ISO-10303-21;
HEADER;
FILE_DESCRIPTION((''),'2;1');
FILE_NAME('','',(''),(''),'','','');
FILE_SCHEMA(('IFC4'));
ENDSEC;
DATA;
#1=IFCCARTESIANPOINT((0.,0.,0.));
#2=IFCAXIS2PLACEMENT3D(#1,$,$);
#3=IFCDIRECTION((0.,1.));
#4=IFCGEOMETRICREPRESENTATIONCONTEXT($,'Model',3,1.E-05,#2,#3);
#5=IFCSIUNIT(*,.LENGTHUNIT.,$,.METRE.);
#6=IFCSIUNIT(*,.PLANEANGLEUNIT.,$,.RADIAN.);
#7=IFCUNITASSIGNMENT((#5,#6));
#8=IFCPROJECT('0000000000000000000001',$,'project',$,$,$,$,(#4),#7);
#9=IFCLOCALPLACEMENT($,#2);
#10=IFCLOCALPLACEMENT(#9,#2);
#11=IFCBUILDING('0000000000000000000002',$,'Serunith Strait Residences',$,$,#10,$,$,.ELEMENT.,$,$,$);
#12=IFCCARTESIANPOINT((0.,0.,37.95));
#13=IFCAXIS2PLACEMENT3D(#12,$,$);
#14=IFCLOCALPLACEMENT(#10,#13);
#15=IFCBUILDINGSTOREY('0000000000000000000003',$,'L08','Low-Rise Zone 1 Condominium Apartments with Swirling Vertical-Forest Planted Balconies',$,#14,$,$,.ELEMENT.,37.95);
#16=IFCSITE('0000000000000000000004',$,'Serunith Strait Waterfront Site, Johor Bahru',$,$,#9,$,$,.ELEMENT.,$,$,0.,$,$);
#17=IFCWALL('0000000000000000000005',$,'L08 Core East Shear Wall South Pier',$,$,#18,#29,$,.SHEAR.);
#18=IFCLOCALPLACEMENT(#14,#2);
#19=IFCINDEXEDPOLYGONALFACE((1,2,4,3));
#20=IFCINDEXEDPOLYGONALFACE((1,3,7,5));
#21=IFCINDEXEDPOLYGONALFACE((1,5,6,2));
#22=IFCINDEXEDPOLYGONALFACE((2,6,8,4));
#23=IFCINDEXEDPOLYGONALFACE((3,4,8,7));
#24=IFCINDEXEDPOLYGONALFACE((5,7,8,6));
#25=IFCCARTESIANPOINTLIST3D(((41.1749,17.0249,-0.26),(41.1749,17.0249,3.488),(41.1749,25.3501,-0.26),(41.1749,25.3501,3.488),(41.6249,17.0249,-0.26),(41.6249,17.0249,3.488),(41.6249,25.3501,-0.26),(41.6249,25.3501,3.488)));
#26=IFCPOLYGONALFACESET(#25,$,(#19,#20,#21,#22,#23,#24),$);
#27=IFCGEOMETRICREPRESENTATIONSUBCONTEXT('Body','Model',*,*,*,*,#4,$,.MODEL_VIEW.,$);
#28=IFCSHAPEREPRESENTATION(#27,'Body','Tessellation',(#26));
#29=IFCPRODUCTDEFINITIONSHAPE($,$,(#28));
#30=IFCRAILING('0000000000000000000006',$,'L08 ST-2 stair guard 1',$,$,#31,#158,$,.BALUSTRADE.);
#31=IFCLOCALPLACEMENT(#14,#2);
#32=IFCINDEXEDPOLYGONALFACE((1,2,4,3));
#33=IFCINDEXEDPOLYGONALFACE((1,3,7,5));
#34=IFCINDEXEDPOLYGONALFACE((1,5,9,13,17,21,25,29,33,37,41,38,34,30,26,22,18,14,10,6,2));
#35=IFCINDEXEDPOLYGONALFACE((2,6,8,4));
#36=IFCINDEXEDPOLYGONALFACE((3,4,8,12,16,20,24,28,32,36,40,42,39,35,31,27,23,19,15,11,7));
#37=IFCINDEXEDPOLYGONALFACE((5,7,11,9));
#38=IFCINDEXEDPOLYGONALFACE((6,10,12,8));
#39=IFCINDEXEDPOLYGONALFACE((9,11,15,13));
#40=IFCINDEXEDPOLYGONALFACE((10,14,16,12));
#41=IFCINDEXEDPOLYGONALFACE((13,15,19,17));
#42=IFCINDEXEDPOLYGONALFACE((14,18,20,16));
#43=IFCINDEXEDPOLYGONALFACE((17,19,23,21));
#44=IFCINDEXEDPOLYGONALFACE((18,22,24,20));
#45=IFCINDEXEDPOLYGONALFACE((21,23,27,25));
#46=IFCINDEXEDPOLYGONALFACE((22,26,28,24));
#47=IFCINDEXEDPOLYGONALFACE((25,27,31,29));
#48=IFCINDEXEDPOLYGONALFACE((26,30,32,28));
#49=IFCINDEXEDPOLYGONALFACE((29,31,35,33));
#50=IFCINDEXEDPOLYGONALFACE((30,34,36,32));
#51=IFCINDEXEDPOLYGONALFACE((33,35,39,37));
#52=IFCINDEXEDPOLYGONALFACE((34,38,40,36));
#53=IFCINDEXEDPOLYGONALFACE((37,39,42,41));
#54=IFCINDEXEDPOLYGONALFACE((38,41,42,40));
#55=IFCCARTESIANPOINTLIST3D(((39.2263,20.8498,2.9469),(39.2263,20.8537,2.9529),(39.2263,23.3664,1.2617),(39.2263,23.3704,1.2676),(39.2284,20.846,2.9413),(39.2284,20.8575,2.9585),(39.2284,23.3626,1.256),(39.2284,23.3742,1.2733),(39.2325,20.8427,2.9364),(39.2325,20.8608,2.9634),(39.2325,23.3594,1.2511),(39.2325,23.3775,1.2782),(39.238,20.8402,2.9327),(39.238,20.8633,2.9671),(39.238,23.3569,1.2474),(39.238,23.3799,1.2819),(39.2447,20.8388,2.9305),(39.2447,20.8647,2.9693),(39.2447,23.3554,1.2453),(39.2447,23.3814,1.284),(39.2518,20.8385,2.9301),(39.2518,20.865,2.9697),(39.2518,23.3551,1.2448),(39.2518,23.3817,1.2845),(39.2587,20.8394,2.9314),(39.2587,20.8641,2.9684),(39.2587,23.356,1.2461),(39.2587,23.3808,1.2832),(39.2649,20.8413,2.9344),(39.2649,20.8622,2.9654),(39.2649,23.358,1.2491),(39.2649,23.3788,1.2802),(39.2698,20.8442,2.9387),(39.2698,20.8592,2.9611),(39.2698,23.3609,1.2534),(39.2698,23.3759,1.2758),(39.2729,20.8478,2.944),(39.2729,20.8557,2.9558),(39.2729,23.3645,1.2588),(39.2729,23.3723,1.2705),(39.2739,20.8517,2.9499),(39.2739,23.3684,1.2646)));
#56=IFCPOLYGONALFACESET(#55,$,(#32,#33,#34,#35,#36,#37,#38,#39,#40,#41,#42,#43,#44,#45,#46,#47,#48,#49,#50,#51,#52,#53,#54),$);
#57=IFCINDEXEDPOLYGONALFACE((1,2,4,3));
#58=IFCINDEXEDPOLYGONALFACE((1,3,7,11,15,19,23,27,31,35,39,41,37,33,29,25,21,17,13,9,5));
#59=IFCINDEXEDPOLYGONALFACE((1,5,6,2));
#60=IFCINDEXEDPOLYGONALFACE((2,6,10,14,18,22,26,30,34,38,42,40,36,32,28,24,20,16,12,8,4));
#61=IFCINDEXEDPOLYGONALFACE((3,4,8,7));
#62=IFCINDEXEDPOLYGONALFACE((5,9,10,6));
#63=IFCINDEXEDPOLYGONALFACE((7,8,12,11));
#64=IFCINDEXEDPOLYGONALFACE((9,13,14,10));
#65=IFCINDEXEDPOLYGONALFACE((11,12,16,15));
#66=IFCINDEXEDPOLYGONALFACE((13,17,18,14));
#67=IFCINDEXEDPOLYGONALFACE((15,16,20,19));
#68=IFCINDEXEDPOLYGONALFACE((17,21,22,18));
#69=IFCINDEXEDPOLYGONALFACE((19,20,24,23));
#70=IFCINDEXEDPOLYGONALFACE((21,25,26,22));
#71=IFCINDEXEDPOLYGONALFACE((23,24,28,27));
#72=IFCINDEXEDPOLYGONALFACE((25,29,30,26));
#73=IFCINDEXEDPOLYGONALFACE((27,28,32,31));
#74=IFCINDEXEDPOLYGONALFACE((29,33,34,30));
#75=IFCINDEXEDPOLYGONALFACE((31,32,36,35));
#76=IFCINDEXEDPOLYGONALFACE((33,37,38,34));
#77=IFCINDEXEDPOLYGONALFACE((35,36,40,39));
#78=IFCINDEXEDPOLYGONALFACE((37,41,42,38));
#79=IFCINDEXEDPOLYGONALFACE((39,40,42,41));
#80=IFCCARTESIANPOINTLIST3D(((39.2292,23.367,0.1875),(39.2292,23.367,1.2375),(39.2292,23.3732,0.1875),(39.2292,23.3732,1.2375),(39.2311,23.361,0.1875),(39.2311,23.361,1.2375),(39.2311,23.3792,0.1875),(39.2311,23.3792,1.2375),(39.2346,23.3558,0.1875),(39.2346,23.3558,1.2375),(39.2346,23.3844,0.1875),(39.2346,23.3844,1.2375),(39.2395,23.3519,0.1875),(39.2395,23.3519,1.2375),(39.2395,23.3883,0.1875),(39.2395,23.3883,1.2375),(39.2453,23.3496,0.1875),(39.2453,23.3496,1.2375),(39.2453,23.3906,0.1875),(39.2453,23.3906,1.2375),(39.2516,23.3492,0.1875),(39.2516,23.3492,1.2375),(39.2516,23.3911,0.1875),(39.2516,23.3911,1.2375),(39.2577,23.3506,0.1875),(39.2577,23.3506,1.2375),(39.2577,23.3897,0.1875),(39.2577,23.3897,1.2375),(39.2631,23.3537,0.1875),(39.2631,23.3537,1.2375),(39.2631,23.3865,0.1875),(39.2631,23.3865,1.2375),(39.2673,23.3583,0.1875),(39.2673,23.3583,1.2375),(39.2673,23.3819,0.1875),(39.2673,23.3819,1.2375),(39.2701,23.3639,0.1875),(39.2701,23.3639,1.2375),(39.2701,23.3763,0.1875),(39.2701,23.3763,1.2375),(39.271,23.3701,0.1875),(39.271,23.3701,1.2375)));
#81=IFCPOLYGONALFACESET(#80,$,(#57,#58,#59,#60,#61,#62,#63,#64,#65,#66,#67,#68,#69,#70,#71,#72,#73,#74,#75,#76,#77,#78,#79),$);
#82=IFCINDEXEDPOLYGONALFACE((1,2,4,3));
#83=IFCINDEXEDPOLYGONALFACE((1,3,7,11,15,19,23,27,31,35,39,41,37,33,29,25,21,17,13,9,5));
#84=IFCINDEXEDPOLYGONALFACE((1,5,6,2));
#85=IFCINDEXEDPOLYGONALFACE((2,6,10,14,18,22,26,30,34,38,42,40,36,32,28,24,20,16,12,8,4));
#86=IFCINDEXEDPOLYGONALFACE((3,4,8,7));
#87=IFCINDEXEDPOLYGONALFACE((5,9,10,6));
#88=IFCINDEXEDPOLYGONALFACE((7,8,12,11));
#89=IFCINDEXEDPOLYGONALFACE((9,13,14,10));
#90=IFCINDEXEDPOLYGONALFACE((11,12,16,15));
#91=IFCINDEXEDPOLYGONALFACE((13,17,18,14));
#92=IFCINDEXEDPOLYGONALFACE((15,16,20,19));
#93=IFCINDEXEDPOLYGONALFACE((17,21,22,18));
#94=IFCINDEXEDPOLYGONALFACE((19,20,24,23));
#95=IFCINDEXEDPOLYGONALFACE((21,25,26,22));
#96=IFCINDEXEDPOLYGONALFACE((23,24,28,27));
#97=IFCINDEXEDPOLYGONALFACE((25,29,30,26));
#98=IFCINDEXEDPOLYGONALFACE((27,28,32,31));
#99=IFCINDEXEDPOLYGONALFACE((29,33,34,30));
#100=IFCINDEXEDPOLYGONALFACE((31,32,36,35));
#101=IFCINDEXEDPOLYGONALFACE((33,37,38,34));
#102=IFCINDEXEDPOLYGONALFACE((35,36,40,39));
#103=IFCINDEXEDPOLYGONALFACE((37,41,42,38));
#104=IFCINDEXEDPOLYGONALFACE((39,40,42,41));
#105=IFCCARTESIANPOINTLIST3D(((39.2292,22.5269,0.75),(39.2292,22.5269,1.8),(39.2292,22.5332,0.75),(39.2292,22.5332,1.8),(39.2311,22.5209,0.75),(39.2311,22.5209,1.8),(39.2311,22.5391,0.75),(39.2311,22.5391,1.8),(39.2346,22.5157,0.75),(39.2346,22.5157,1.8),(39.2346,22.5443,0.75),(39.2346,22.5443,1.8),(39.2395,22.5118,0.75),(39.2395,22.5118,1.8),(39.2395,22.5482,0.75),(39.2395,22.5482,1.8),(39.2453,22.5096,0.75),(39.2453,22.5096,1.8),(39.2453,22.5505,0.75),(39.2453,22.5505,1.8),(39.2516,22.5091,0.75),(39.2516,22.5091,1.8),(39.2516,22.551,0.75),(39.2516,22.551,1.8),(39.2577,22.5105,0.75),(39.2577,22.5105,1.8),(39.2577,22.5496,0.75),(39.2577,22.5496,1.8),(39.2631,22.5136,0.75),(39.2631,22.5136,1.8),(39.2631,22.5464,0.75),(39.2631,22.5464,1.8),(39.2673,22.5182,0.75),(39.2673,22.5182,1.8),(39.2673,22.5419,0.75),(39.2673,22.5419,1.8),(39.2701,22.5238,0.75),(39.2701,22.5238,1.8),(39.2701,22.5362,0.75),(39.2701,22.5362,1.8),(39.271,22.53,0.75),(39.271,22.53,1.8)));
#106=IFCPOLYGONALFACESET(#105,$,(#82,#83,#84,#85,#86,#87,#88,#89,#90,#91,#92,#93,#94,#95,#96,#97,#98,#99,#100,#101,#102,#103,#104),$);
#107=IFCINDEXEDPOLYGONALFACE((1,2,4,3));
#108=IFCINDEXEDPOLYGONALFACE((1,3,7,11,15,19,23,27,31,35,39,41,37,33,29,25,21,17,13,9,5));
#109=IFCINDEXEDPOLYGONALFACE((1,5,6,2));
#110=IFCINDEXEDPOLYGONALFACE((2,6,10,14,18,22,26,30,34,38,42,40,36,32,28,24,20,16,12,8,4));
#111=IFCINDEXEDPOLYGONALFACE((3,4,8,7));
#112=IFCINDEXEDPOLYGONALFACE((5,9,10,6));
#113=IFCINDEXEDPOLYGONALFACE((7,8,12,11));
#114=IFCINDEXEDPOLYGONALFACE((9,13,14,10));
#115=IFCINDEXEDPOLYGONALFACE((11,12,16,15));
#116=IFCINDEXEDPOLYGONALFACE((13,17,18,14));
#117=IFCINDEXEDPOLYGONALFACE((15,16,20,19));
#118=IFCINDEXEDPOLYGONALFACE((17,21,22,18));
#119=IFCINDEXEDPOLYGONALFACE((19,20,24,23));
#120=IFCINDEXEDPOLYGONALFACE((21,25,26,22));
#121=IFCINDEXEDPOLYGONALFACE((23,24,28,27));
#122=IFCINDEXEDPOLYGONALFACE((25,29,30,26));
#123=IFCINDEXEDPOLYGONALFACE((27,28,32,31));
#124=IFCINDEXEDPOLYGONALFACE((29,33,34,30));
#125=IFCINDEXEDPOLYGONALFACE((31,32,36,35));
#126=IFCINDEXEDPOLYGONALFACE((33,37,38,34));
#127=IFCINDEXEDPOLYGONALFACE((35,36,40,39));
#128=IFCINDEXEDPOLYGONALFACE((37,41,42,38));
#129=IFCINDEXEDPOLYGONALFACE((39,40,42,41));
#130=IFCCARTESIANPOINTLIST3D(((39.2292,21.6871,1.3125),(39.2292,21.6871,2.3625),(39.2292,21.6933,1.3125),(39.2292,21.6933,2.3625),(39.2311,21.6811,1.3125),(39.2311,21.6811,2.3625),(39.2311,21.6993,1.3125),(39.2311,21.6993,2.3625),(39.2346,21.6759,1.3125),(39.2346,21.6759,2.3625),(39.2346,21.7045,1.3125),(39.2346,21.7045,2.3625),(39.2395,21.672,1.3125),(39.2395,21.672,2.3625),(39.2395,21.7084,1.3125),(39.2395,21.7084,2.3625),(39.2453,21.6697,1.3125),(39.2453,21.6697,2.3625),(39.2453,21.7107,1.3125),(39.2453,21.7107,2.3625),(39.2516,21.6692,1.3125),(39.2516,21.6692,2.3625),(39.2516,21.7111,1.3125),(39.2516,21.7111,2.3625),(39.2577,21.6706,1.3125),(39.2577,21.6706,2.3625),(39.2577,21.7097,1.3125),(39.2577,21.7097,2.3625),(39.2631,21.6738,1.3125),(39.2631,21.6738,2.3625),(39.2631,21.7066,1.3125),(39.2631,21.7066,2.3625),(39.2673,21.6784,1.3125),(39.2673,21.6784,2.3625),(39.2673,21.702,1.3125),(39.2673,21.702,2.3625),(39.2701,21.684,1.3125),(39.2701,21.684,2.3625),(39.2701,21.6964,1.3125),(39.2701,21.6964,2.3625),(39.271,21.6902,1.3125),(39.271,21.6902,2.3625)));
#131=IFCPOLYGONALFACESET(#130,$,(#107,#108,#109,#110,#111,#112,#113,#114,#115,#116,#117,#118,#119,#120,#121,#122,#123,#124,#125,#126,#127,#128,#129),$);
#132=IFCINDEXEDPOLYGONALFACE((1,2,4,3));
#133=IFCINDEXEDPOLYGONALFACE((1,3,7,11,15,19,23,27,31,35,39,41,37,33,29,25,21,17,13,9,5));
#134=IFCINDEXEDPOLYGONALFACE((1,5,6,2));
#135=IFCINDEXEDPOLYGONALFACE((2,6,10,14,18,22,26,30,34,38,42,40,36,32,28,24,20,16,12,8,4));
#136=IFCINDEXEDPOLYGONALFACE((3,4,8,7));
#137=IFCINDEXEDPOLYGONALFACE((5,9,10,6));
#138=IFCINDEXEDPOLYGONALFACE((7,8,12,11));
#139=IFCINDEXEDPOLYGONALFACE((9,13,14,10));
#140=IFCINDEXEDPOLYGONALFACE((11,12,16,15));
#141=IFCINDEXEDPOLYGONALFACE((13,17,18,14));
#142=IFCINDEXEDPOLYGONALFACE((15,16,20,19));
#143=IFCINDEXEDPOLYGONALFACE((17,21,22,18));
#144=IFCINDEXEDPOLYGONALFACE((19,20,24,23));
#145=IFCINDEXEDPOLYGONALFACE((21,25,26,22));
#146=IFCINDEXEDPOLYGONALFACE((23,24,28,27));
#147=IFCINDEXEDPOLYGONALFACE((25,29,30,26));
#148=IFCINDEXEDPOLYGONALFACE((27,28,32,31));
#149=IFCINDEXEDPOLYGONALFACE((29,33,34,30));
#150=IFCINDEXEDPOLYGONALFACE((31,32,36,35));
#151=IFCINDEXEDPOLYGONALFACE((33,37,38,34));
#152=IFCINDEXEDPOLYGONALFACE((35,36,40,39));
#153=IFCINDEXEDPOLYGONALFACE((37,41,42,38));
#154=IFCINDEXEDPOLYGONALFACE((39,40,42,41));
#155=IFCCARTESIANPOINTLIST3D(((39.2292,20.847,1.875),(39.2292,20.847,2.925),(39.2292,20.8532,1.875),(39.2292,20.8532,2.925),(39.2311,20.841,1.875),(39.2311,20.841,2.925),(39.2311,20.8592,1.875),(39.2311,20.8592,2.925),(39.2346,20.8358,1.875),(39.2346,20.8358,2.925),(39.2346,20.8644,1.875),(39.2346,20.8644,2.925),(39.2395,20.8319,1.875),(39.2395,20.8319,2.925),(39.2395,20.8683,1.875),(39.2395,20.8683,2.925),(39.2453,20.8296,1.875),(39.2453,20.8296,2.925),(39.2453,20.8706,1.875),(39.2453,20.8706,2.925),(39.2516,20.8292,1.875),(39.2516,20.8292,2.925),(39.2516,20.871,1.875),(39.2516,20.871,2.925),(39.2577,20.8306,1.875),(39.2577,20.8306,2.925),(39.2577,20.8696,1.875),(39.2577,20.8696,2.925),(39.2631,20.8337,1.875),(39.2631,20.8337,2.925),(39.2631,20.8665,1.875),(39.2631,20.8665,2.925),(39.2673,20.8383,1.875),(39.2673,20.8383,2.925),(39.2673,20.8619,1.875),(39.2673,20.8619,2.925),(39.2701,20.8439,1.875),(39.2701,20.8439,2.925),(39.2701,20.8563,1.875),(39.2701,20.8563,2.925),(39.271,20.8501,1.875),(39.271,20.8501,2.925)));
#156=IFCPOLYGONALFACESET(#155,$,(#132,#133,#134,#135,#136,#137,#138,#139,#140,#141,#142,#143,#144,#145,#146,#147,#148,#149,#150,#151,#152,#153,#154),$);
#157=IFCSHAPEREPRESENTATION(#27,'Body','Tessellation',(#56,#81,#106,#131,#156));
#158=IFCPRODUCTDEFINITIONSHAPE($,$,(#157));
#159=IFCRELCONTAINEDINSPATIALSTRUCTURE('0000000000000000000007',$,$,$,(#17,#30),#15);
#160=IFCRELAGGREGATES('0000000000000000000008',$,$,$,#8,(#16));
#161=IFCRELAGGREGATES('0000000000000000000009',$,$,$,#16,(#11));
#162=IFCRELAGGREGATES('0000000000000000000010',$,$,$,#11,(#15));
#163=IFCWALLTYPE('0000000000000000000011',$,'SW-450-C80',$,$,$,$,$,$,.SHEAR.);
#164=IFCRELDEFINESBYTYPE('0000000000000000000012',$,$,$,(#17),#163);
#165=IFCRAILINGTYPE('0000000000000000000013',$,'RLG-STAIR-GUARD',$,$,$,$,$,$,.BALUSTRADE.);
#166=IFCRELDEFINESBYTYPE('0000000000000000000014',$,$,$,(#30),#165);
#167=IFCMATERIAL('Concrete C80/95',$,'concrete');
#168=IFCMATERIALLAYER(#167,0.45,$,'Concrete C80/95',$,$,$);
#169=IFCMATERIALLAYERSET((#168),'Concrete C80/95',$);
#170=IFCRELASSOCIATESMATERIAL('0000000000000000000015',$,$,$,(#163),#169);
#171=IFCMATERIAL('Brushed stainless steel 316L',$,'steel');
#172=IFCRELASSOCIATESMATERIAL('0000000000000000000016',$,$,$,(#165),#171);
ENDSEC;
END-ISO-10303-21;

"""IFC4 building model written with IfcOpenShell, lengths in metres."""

from ifc_helpers import new_model, si_unit, direction, frame, frame_2d, origin, origin_2d, place, context, subcontext, project, spatial, rectangle, circle, extrude, material, layer, layer_set, type_object, element, save


model = new_model("IFC4")

# Units and contexts
model_context = context("Model", 3, precision=1e-05, world=origin(), true_north=direction((0.0, 1.0)))
body_context = subcontext(model_context, "Body", "Model", "MODEL_VIEW")
ifc_project = project(units=[si_unit("LENGTHUNIT", "METRE"), si_unit("PLANEANGLEUNIT", "RADIAN")], contexts=[model_context])

# Site, building, storey
site_placement = place(None, origin())
site = spatial("IfcSite", under=ifc_project, at=site_placement, Name="Serunith Strait Waterfront Site, Johor Bahru", CompositionType="ELEMENT", RefElevation=0.0)
building_placement = place(site_placement, origin())
building = spatial("IfcBuilding", under=site, at=building_placement, Name="Serunith Strait Residences", CompositionType="ELEMENT")
storey_placement = place(building_placement, frame((0.0, 0.0, 37.95)))
storey = spatial("IfcBuildingStorey", under=building, at=storey_placement, Name="L08", Description="Low-Rise Zone 1 Condominium Apartments with Swirling Vertical-Forest Planted Balconies", CompositionType="ELEMENT", Elevation=37.95)

# Wall
ifc_material_1 = material(Name="Concrete C80/95", Category="concrete")
ifc_layer_1 = layer(ifc_material_1, 0.45, Name="Concrete C80/95")
ifc_layer_set_1 = layer_set([ifc_layer_1], Name="Concrete C80/95")
wall_type_1 = type_object("IfcWallType", Name="SW-450-C80", PredefinedType="SHEAR", material=ifc_layer_set_1)
wall_1_placement = place(storey_placement, frame((41.3999, 17.0249, -0.26), z_axis=(0.0, 0.0, 1.0), x_axis=(0.0, 1.0, 0.0)))
element("IfcWall", 1, at=wall_1_placement, inside=storey, type_object=wall_type_1, Name="L08 Core East Shear Wall South Pier", PredefinedType="SHEAR", context=body_context, shape_type="SweptSolid", body=[
    extrude(rectangle(XDim=8.3252, YDim=0.45, at=frame_2d((4.1626, 0.0))), origin(), (0.0, 0.0, 1.0), 3.748),
])

# Railing
ifc_material_2 = material(Name="Brushed stainless steel 316L", Category="steel")
railing_type_1 = type_object("IfcRailingType", Name="RLG-STAIR-GUARD", PredefinedType="BALUSTRADE", material=ifc_material_2)
railing_1_placement = place(storey_placement, frame((39.25, 23.3701, 0.1875)))
element("IfcRailing", 2, at=railing_1_placement, inside=storey, type_object=railing_type_1, Name="L08 ST-2 stair guard 1", PredefinedType="BALUSTRADE", context=body_context, shape_type="SweptSolid", body=[
    extrude(circle(Radius=0.0239, at=origin_2d()), frame((0.0, -0.0017, 1.0771), z_axis=(0.0, -0.830909, 0.556408), x_axis=(1.0, 0.0, 0.0)), (0.0, 0.0, 1.0), 3.0288),
    extrude(circle(Radius=0.021, at=origin_2d()), origin(), (0.0, 0.0, 1.0), 1.05),
    extrude(circle(Radius=0.021, at=origin_2d()), frame((0.0, -0.8401, 0.5625)), (0.0, 0.0, 1.0), 1.05),
    extrude(circle(Radius=0.021, at=origin_2d()), frame((0.0, -1.6799, 1.125)), (0.0, 0.0, 1.0), 1.05),
    extrude(circle(Radius=0.021, at=origin_2d()), frame((0.0, -2.52, 1.6875)), (0.0, 0.0, 1.0), 1.05),
])

save(model, "model.ifc")
